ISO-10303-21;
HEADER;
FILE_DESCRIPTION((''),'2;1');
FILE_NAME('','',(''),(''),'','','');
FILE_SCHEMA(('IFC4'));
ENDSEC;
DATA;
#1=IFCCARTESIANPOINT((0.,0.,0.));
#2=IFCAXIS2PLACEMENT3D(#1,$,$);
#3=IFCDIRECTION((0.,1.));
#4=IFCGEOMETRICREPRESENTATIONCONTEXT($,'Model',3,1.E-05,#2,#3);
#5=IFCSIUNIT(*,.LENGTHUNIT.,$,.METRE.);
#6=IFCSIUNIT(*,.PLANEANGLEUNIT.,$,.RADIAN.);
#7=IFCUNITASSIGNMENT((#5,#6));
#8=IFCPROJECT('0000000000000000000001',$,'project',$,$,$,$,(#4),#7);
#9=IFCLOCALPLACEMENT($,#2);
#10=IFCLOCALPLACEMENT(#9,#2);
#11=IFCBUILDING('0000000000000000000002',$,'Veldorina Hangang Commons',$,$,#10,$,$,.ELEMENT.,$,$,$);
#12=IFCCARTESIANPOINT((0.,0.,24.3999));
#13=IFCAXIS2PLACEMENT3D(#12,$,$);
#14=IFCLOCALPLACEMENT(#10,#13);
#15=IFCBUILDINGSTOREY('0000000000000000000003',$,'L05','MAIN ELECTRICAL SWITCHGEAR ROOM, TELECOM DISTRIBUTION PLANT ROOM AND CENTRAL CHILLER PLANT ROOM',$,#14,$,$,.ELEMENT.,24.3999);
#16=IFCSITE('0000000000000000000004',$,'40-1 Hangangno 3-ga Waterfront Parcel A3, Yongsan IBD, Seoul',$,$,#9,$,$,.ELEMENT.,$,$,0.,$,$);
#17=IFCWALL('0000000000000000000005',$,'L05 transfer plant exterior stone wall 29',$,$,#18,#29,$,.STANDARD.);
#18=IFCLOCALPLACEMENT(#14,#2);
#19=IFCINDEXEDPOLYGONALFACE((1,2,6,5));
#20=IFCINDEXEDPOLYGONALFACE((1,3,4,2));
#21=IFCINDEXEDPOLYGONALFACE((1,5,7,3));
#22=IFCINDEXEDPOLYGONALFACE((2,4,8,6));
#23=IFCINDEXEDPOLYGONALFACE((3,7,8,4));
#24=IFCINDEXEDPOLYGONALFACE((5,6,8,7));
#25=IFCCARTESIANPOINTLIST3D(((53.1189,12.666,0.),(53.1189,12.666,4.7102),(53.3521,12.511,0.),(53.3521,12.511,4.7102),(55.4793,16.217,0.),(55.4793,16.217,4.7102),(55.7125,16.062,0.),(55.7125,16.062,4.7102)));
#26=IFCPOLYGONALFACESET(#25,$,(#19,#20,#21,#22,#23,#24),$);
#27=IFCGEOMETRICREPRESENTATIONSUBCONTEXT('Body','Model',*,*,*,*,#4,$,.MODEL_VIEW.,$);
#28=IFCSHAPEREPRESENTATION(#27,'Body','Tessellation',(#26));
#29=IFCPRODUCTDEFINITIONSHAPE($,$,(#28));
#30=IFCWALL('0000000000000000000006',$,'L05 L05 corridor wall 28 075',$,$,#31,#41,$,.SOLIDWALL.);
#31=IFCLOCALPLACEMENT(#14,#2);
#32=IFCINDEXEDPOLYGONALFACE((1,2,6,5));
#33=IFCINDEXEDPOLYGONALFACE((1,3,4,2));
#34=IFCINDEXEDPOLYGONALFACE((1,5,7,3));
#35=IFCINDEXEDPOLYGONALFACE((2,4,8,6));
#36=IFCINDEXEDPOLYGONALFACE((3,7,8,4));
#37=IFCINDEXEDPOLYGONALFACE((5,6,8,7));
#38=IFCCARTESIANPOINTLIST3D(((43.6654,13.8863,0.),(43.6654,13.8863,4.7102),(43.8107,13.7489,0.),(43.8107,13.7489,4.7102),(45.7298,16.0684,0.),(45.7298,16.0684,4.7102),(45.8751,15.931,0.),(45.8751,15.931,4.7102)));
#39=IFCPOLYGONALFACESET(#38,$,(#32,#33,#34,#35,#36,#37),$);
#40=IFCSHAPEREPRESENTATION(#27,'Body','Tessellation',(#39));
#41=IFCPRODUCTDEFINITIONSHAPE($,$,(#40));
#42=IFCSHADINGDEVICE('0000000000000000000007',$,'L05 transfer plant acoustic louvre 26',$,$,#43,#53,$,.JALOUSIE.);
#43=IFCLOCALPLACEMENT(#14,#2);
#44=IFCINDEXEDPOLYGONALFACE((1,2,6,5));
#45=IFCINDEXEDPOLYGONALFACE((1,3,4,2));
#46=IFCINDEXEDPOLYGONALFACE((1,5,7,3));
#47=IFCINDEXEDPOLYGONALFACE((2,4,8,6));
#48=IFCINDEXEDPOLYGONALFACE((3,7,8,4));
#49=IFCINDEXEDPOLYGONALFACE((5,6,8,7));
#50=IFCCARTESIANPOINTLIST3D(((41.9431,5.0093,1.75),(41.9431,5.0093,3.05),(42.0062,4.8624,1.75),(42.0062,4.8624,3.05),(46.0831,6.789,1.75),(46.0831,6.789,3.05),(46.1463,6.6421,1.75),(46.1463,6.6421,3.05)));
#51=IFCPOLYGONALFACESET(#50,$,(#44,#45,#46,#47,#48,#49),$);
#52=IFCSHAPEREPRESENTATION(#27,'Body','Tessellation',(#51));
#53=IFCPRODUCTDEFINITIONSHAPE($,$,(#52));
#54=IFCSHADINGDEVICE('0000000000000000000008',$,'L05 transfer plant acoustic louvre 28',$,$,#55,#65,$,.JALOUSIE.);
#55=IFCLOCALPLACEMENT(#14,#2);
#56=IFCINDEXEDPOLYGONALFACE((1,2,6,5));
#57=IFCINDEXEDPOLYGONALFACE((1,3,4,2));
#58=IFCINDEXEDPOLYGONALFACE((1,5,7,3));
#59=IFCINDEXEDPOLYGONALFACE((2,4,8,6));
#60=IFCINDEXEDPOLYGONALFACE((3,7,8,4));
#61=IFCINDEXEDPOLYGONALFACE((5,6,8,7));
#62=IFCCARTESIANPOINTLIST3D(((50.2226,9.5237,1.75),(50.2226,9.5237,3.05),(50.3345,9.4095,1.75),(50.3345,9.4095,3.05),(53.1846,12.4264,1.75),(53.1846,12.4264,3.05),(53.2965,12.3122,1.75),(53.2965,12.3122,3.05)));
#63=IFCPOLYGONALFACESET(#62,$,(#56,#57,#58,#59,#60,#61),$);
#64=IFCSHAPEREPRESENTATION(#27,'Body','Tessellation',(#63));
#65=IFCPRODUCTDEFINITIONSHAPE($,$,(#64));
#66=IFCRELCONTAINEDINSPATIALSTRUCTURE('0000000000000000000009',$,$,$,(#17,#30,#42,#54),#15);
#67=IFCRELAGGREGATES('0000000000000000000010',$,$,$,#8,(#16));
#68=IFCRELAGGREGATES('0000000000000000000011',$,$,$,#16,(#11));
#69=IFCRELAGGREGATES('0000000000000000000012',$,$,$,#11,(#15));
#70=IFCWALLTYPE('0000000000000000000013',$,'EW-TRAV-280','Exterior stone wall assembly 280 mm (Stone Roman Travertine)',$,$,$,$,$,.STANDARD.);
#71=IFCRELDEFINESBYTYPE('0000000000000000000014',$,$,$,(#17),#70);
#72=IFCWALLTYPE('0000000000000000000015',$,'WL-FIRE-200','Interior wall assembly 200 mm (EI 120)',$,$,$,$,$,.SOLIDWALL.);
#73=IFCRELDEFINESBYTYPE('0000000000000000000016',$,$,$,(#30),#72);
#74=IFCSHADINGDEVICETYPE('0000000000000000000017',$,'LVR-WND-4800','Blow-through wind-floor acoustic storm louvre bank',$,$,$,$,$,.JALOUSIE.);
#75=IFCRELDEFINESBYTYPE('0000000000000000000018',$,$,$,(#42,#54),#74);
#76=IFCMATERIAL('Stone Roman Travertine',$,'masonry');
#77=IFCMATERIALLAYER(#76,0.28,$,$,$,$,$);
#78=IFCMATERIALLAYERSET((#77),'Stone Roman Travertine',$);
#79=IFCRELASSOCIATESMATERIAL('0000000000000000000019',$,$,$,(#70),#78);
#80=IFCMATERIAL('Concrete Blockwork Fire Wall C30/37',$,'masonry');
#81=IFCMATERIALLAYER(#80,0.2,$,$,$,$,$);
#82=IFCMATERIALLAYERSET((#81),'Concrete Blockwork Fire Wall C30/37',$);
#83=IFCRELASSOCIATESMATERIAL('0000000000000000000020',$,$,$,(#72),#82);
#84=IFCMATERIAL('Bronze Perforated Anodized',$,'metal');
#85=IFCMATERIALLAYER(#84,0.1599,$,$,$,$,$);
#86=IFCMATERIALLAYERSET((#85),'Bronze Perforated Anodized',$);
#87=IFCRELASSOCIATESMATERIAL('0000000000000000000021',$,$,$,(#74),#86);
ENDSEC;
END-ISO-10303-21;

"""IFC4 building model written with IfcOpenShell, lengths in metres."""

from ifc_helpers import new_model, si_unit, direction, frame, frame_2d, origin, origin_2d, place, context, subcontext, project, spatial, rectangle, extrude, material, layer, layer_set, type_object, element, save


model = new_model("IFC4")

# Units and contexts
model_context = context("Model", 3, precision=1e-05, world=origin(), true_north=direction((0.0, 1.0)))
body_context = subcontext(model_context, "Body", "Model", "MODEL_VIEW")
ifc_project = project(units=[si_unit("LENGTHUNIT", "METRE"), si_unit("PLANEANGLEUNIT", "RADIAN")], contexts=[model_context])

# Site, building, storey
site_placement = place(None, origin())
site = spatial("IfcSite", under=ifc_project, at=site_placement, Name="40-1 Hangangno 3-ga Waterfront Parcel A3, Yongsan IBD, Seoul", CompositionType="ELEMENT", RefElevation=0.0)
building_placement = place(site_placement, origin())
building = spatial("IfcBuilding", under=site, at=building_placement, Name="Veldorina Hangang Commons", CompositionType="ELEMENT")
storey_placement = place(building_placement, frame((0.0, 0.0, 24.3999)))
storey = spatial("IfcBuildingStorey", under=building, at=storey_placement, Name="L05", Description="MAIN ELECTRICAL SWITCHGEAR ROOM, TELECOM DISTRIBUTION PLANT ROOM AND CENTRAL CHILLER PLANT ROOM", CompositionType="ELEMENT", Elevation=24.3999)

# Walls
ifc_material_1 = material(Name="Stone Roman Travertine", Category="masonry")
ifc_layer_1 = layer(ifc_material_1, 0.28)
ifc_layer_set_1 = layer_set([ifc_layer_1], Name="Stone Roman Travertine")
wall_type_1 = type_object("IfcWallType", Name="EW-TRAV-280", Description="Exterior stone wall assembly 280 mm (Stone Roman Travertine)", PredefinedType="STANDARD", material=ifc_layer_set_1)
wall_1_placement = place(storey_placement, frame((53.2356, 12.5886, 0.0), z_axis=(0.0, 0.0, 1.0), x_axis=(0.553563, 0.832807, 0.0)))
element("IfcWall", 1, at=wall_1_placement, inside=storey, type_object=wall_type_1, Name="L05 transfer plant exterior stone wall 29", PredefinedType="STANDARD", context=body_context, shape_type="SweptSolid", body=[
    extrude(rectangle(XDim=4.2639, YDim=0.28, at=frame_2d((2.1318, 0.0))), origin(), (0.0, 0.0, 1.0), 4.7102),
])
ifc_material_2 = material(Name="Concrete Blockwork Fire Wall C30/37", Category="masonry")
ifc_layer_2 = layer(ifc_material_2, 0.2)
ifc_layer_set_2 = layer_set([ifc_layer_2], Name="Concrete Blockwork Fire Wall C30/37")
wall_type_2 = type_object("IfcWallType", Name="WL-FIRE-200", Description="Interior wall assembly 200 mm (EI 120)", PredefinedType="SOLIDWALL", material=ifc_layer_set_2)
wall_2_placement = place(storey_placement, frame((43.738, 13.8176, 0.0), z_axis=(0.0, 0.0, 1.0), x_axis=(0.687249, 0.726422, 0.0)))
element("IfcWall", 2, at=wall_2_placement, inside=storey, type_object=wall_type_2, Name="L05 L05 corridor wall 28 075", PredefinedType="SOLIDWALL", context=body_context, shape_type="SweptSolid", body=[
    extrude(rectangle(XDim=3.0039, YDim=0.2, at=frame_2d((1.502, 0.0))), origin(), (0.0, 0.0, 1.0), 4.7102),
])

# Shading devices
ifc_material_3 = material(Name="Bronze Perforated Anodized", Category="metal")
ifc_layer_3 = layer(ifc_material_3, 0.1599)
ifc_layer_set_3 = layer_set([ifc_layer_3], Name="Bronze Perforated Anodized")
shading_device_type = type_object("IfcShadingDeviceType", Name="LVR-WND-4800", Description="Blow-through wind-floor acoustic storm louvre bank", PredefinedType="JALOUSIE", material=ifc_layer_set_3)
shading_device_1_placement = place(storey_placement, frame((44.0447, 5.8257, 1.75), z_axis=(0.0, 0.0, 1.0), x_axis=(0.918715, 0.39492, 0.0)))
element("IfcShadingDevice", 3, at=shading_device_1_placement, inside=storey, type_object=shading_device_type, Name="L05 transfer plant acoustic louvre 26", PredefinedType="JALOUSIE", context=body_context, shape_type="SweptSolid", body=[
    extrude(rectangle(XDim=4.5063, YDim=0.1599, at=origin_2d()), origin(), (0.0, 0.0, 1.0), 1.3),
])
shading_device_2_placement = place(storey_placement, frame((51.7595, 10.918, 1.75), z_axis=(0.0, 0.0, 1.0), x_axis=(0.714216, 0.699925, 0.0)))
element("IfcShadingDevice", 4, at=shading_device_2_placement, inside=storey, type_object=shading_device_type, Name="L05 transfer plant acoustic louvre 28", PredefinedType="JALOUSIE", context=body_context, shape_type="SweptSolid", body=[
    extrude(rectangle(XDim=4.1472, YDim=0.1599, at=origin_2d()), origin(), (0.0, 0.0, 1.0), 1.3),
])

save(model, "model.ifc")
